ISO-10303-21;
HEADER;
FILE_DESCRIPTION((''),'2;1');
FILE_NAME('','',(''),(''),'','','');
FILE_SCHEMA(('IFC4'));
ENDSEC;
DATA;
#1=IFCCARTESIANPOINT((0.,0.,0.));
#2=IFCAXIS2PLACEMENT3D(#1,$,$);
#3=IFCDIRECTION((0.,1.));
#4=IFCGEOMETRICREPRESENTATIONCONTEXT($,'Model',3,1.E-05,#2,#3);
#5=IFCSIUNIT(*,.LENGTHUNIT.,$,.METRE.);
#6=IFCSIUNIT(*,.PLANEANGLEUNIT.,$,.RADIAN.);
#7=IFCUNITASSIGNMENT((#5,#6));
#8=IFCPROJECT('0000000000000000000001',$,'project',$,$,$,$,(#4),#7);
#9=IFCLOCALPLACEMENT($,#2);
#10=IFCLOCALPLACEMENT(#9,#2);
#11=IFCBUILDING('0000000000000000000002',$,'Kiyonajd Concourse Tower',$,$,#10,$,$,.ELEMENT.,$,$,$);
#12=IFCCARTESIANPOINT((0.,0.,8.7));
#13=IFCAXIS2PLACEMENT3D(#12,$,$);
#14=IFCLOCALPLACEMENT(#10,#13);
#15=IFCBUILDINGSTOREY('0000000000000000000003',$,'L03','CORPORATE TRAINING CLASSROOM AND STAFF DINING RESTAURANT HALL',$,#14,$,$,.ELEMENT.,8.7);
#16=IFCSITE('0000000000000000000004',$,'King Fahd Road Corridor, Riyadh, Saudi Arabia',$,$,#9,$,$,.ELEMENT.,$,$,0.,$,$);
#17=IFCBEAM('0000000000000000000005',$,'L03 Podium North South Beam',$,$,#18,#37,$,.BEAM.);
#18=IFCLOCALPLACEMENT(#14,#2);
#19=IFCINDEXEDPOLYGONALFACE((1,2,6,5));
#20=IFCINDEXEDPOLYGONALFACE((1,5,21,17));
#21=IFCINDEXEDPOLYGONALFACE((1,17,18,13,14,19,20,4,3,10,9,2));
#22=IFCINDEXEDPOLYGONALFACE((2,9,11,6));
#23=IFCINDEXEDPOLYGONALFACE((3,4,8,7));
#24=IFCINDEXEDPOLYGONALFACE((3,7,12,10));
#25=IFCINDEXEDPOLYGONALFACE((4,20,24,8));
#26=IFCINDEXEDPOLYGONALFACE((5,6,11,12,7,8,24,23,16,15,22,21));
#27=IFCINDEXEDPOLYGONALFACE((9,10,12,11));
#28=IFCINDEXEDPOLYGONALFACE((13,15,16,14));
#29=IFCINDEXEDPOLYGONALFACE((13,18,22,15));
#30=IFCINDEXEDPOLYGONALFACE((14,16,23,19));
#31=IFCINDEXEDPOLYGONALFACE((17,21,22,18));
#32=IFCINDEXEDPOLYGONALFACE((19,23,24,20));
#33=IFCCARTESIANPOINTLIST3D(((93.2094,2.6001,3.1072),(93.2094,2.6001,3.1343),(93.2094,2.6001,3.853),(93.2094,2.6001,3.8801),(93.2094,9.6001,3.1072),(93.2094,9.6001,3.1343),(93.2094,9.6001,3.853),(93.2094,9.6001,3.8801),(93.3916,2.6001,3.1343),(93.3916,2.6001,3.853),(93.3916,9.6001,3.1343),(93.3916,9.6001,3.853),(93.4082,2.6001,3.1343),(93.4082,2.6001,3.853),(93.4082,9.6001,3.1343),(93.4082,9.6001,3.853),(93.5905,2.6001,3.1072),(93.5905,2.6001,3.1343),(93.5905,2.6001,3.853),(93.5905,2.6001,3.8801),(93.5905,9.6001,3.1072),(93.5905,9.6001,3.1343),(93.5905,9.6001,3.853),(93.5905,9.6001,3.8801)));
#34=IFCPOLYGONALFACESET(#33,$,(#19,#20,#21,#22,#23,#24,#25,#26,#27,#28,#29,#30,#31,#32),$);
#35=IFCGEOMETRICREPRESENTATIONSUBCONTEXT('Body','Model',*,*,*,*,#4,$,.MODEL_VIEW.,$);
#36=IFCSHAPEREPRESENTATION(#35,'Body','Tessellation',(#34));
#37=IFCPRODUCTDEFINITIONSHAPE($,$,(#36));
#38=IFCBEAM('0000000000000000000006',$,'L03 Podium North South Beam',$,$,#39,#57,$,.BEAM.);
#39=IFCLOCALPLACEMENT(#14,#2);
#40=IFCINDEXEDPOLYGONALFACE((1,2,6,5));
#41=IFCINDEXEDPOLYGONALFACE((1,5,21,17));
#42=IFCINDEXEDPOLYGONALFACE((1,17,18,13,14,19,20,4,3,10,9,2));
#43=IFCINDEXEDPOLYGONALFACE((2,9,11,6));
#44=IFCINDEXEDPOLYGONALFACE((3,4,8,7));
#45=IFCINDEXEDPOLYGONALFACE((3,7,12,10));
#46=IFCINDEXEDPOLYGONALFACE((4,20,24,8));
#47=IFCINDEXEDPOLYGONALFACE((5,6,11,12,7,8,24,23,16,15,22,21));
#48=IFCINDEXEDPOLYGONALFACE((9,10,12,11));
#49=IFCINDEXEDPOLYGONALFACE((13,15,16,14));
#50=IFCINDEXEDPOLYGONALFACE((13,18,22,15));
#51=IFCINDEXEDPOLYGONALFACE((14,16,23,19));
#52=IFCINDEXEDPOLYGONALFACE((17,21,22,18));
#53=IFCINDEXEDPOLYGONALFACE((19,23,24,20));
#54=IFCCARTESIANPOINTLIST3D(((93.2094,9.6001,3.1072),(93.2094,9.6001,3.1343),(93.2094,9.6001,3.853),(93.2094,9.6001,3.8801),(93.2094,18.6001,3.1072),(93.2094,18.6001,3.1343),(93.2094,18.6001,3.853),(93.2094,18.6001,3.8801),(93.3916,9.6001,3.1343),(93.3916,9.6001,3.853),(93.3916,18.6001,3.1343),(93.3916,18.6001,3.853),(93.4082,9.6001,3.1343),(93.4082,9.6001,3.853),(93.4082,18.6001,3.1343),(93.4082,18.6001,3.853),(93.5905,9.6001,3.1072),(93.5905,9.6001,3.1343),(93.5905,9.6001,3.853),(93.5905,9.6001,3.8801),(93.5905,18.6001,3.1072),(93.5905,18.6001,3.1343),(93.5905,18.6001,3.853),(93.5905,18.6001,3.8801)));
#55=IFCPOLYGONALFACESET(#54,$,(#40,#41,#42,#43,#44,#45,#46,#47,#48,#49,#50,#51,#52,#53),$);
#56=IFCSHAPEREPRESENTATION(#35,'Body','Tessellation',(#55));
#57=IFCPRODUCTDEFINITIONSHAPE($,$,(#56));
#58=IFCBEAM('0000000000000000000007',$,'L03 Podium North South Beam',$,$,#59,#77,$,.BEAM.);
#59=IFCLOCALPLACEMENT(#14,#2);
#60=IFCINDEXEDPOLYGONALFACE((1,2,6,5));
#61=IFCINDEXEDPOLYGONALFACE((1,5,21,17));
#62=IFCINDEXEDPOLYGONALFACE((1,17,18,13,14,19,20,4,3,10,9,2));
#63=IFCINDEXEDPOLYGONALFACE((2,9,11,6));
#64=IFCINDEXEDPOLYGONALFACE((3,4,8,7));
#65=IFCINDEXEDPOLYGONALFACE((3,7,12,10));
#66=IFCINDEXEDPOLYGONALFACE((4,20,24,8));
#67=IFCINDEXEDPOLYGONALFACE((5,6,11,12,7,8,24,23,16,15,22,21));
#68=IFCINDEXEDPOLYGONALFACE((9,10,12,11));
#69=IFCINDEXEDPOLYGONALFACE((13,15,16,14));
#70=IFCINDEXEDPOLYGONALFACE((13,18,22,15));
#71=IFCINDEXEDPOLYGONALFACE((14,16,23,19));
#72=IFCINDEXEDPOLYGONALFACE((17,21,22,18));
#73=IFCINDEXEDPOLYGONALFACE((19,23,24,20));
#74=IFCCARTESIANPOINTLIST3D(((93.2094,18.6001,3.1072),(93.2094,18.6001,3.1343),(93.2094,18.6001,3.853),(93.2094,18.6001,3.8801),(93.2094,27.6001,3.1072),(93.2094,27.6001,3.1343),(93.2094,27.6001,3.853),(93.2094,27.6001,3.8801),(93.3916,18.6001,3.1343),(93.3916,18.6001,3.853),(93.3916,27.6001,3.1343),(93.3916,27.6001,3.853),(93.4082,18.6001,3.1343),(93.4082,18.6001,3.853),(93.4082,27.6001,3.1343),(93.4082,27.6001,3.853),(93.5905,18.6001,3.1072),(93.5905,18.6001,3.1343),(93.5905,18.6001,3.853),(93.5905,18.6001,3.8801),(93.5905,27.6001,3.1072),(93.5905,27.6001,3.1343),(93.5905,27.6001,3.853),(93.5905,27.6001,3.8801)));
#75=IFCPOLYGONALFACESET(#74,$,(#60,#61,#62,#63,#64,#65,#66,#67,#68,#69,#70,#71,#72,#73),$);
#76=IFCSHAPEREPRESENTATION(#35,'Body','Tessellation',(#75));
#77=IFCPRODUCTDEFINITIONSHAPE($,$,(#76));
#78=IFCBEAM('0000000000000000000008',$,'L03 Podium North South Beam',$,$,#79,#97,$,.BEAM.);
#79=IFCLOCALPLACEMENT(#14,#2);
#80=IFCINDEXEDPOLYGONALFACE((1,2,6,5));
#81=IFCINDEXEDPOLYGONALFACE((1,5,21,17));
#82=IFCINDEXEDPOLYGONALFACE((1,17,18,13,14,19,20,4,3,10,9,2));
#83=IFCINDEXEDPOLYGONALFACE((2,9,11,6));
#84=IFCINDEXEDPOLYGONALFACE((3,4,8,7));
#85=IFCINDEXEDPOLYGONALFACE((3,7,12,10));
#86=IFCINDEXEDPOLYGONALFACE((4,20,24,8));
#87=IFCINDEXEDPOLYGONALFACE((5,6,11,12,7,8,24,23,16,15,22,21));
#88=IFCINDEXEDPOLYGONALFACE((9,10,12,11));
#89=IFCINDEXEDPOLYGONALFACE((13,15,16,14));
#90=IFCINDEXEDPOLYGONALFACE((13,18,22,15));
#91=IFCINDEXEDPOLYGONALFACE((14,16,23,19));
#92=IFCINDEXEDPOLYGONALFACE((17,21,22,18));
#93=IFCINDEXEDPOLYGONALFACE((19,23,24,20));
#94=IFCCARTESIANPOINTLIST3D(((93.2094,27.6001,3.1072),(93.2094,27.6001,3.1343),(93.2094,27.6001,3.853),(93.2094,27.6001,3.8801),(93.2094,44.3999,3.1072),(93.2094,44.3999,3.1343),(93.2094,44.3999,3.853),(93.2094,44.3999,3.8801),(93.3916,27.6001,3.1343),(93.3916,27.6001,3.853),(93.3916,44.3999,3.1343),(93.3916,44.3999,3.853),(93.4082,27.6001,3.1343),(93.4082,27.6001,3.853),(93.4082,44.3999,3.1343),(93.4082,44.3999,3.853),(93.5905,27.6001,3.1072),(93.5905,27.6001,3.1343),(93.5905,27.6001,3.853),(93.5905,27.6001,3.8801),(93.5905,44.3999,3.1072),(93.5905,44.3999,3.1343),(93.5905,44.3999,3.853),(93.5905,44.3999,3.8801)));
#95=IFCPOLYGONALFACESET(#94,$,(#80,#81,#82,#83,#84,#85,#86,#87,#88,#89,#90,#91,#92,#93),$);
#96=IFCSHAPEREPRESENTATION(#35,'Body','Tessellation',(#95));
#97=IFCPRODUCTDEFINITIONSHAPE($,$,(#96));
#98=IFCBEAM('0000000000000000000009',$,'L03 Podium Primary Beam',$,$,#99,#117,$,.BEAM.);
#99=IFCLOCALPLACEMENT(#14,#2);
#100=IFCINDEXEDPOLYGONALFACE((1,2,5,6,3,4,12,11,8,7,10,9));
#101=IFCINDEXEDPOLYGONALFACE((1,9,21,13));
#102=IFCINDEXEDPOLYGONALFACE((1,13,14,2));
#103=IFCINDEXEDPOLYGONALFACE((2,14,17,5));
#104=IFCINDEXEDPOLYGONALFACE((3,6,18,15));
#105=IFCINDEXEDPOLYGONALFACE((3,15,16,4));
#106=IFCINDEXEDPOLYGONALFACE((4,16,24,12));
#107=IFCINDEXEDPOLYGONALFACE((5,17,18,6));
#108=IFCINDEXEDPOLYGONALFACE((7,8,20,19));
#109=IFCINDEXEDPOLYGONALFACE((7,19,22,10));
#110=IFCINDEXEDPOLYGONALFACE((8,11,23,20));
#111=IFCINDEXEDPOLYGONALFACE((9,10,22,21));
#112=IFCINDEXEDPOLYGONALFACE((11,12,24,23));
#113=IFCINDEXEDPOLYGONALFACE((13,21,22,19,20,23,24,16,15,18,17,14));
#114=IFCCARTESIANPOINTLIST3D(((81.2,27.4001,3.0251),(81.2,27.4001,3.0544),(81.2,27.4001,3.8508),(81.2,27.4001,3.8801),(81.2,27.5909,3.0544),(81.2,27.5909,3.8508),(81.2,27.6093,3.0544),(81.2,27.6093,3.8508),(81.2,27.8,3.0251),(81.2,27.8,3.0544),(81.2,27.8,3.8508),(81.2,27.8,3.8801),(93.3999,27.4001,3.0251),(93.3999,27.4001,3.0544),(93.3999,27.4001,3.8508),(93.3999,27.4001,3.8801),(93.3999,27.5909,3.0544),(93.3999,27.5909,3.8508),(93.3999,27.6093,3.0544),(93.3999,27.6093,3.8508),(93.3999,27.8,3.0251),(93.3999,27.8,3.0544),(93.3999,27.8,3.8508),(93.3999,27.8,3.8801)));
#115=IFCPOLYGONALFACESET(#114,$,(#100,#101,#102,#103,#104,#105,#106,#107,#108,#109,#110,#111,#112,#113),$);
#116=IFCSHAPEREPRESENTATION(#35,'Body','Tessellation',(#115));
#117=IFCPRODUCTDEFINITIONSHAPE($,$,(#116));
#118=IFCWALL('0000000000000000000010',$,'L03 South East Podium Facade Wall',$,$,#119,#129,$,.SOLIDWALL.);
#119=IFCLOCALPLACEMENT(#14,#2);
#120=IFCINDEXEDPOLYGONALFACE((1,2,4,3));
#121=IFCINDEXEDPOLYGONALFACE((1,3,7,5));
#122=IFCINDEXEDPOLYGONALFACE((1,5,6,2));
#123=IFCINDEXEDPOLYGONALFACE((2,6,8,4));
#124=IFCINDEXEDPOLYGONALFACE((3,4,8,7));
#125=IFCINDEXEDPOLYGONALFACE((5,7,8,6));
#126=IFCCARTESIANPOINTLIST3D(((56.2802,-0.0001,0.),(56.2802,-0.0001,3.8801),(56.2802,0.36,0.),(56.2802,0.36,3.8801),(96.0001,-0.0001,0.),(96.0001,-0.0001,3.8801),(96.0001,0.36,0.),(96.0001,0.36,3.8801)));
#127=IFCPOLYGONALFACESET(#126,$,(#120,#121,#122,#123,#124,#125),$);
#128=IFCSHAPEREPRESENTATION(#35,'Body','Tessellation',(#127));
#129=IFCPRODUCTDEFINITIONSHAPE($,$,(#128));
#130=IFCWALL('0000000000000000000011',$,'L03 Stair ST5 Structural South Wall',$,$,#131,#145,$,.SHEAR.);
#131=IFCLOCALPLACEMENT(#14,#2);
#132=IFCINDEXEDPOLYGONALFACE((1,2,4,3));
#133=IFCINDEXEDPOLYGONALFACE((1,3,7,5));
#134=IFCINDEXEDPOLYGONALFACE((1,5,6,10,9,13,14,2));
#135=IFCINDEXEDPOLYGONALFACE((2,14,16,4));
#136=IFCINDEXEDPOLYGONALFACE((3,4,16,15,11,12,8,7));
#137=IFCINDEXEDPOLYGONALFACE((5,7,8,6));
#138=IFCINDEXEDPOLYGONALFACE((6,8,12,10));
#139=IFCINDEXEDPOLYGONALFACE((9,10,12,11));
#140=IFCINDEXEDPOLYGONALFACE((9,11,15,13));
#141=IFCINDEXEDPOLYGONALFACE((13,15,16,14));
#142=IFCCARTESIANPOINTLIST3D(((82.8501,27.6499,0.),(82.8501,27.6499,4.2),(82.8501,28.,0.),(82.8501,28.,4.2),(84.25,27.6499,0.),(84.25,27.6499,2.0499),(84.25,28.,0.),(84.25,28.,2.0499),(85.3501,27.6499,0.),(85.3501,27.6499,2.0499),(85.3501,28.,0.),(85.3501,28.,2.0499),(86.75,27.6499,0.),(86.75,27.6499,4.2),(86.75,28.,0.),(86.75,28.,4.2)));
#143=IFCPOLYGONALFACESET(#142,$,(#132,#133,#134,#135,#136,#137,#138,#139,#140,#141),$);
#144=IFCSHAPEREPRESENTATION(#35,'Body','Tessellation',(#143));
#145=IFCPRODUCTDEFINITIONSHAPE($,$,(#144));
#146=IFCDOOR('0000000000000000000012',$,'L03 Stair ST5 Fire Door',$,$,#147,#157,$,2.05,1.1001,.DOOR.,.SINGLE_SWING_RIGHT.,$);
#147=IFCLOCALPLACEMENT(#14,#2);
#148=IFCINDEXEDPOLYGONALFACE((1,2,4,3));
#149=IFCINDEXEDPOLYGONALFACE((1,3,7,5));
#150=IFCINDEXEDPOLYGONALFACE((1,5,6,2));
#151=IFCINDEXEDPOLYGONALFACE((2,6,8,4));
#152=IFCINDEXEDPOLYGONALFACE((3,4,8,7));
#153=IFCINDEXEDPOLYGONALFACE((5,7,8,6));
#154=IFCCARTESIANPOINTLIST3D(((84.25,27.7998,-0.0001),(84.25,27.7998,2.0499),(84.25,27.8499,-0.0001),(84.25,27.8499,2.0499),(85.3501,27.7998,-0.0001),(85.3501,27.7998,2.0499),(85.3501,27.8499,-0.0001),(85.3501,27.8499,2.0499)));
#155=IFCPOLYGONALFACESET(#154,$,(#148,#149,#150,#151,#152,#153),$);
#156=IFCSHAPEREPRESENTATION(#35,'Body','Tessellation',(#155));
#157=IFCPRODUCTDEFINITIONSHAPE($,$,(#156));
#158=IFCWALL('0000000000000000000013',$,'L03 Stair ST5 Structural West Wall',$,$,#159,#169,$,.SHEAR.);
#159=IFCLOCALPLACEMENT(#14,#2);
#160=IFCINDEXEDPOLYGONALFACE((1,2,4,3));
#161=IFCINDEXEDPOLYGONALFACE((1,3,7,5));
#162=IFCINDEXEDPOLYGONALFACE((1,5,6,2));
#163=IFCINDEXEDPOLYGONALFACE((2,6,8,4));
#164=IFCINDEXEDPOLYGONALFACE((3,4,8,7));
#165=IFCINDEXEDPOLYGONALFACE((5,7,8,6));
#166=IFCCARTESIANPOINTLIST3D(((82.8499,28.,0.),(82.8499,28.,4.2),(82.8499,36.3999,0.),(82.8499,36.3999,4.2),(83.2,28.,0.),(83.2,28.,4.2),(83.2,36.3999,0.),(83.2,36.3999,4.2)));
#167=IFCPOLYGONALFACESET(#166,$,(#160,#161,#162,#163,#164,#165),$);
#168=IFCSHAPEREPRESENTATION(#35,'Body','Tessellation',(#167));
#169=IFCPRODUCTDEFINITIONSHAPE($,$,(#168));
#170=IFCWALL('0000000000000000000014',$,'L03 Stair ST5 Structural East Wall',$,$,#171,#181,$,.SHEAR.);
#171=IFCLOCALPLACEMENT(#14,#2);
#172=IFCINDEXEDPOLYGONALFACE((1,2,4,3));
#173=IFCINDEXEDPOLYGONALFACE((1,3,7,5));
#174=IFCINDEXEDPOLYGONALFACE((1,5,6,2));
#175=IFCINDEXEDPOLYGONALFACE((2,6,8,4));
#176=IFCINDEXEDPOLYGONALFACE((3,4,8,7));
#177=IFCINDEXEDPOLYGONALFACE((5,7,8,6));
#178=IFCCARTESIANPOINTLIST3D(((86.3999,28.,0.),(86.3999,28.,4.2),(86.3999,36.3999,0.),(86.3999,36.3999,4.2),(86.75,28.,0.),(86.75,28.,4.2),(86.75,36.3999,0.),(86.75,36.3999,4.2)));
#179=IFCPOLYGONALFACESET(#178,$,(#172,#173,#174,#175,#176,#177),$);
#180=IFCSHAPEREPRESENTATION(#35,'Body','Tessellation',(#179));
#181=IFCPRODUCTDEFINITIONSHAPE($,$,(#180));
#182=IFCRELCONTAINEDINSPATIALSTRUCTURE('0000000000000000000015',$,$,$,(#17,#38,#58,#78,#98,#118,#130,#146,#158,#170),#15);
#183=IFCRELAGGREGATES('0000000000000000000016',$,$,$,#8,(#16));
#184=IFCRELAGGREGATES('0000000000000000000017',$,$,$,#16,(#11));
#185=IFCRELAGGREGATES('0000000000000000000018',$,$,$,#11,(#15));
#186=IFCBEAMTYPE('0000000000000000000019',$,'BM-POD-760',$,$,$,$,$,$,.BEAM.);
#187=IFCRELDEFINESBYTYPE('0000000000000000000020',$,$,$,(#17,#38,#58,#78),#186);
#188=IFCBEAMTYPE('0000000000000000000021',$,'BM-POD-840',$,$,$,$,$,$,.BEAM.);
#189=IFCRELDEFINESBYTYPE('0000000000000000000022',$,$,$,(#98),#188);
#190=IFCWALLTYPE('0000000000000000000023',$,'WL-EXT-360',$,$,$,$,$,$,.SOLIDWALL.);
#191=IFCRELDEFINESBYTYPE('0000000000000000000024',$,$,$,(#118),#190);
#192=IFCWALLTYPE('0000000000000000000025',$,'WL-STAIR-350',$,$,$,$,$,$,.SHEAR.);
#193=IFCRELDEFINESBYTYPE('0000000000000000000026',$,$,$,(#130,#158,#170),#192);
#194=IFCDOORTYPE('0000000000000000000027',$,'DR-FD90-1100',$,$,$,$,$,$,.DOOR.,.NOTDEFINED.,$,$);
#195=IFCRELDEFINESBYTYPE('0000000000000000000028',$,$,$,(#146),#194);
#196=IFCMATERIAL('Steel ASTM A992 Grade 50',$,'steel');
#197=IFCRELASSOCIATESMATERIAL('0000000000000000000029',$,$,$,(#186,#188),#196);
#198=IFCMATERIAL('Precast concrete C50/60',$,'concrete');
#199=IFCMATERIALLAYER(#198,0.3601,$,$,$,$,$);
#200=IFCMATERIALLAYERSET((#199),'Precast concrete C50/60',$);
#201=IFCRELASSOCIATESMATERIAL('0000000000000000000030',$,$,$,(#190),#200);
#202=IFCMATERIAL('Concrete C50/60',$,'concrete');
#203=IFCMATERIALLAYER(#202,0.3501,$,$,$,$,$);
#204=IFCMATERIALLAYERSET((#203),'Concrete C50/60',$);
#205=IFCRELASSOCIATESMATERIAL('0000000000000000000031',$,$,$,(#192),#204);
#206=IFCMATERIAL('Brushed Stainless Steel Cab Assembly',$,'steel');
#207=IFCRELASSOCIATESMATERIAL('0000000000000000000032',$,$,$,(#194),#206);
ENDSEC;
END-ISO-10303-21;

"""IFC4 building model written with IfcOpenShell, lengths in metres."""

from ifc_helpers import new_model, si_unit, direction, frame, frame_2d, origin, origin_2d, place, context, subcontext, project, spatial, rectangle, i_section, extrude, material, layer, layer_set, material_profile, profile_set, type_object, element, fill, save


model = new_model("IFC4")

# Units and contexts
model_context = context("Model", 3, precision=1e-05, world=origin(), true_north=direction((0.0, 1.0)))
body_context = subcontext(model_context, "Body", "Model", "MODEL_VIEW")
ifc_project = project(units=[si_unit("LENGTHUNIT", "METRE"), si_unit("PLANEANGLEUNIT", "RADIAN")], contexts=[model_context])

# Site, building, storey
site_placement = place(None, origin())
site = spatial("IfcSite", under=ifc_project, at=site_placement, Name="King Fahd Road Corridor, Riyadh, Saudi Arabia", CompositionType="ELEMENT", RefElevation=0.0)
building_placement = place(site_placement, origin())
building = spatial("IfcBuilding", under=site, at=building_placement, Name="Kiyonajd Concourse Tower", CompositionType="ELEMENT")
storey_placement = place(building_placement, frame((0.0, 0.0, 8.7)))
storey = spatial("IfcBuildingStorey", under=building, at=storey_placement, Name="L03", Description="CORPORATE TRAINING CLASSROOM AND STAFF DINING RESTAURANT HALL", CompositionType="ELEMENT", Elevation=8.7)

# Beams
ifc_material_1 = material(Name="Concrete C50/60", Category="concrete")
ifc_material_2 = material(Name="Steel ASTM A992 Grade 50", Category="steel")
ifc_material_profile_1 = material_profile(ifc_material_2, i_section(OverallWidth=0.3811, OverallDepth=0.7729, WebThickness=0.0166, FlangeThickness=0.0271, at=origin_2d()), Name="W760X257")
ifc_profile_set_1 = profile_set([ifc_material_profile_1], Name="Steel ASTM A992 Grade 50")
beam_type_1 = type_object("IfcBeamType", Name="BM-POD-760", PredefinedType="BEAM", material=ifc_profile_set_1)
beam_1_placement = place(storey_placement, frame((93.3999, 2.6001, 3.4937), z_axis=(0.0, 1.0, 0.0), x_axis=(-1.0, 0.0, 0.0)))
element("IfcBeam", 1, at=beam_1_placement, inside=storey, type_object=beam_type_1, Name="L03 Podium North South Beam", PredefinedType="BEAM", context=body_context, shape_type="SweptSolid", body=[
    extrude(i_section(OverallWidth=0.3811, OverallDepth=0.7729, WebThickness=0.0166, FlangeThickness=0.0271, at=origin_2d()), origin(), (0.0, 0.0, 1.0), 7.0),
])
for number, where, z_axis, x_axis, name in (
    (2, (93.3999, 9.6001, 3.4937), (0.0, 1.0, 0.0), (-1.0, 0.0, 0.0), "L03 Podium North South Beam"),
    (3, (93.3999, 18.6001, 3.4937), (0.0, 1.0, 0.0), (-1.0, 0.0, 0.0), "L03 Podium North South Beam"),
):
    element("IfcBeam", number, at=place(storey_placement, frame(where, z_axis=z_axis, x_axis=x_axis)), inside=storey, type_object=beam_type_1, Name=name, PredefinedType="BEAM", context=body_context, shape_type="SweptSolid", body=[
        extrude(i_section(OverallWidth=0.3811, OverallDepth=0.7729, WebThickness=0.0166, FlangeThickness=0.0271, at=origin_2d()), origin(), (0.0, 0.0, 1.0), 9.0),
    ])
beam_2_placement = place(storey_placement, frame((93.3999, 27.6001, 3.4937), z_axis=(0.0, 1.0, 0.0), x_axis=(-1.0, 0.0, 0.0)))
element("IfcBeam", 4, at=beam_2_placement, inside=storey, type_object=beam_type_1, Name="L03 Podium North South Beam", PredefinedType="BEAM", context=body_context, shape_type="SweptSolid", body=[
    extrude(i_section(OverallWidth=0.3811, OverallDepth=0.7729, WebThickness=0.0166, FlangeThickness=0.0271, at=origin_2d()), origin(), (0.0, 0.0, 1.0), 16.7998),
])
ifc_material_profile_2 = material_profile(ifc_material_2, i_section(OverallWidth=0.3999, OverallDepth=0.855, WebThickness=0.0183, FlangeThickness=0.0293, at=origin_2d()), Name="W840X299")
ifc_profile_set_2 = profile_set([ifc_material_profile_2], Name="Steel ASTM A992 Grade 50")
beam_type_2 = type_object("IfcBeamType", Name="BM-POD-840", PredefinedType="BEAM", material=ifc_profile_set_2)
beam_3_placement = place(storey_placement, frame((81.2, 27.6001, 3.4526), z_axis=(1.0, 0.0, 0.0), x_axis=(0.0, 1.0, 0.0)))
element("IfcBeam", 5, at=beam_3_placement, inside=storey, type_object=beam_type_2, Name="L03 Podium Primary Beam", PredefinedType="BEAM", context=body_context, shape_type="SweptSolid", body=[
    extrude(i_section(OverallWidth=0.3999, OverallDepth=0.855, WebThickness=0.0183, FlangeThickness=0.0293, at=origin_2d()), origin(), (0.0, 0.0, 1.0), 12.2),
])

# Wall
ifc_material_3 = material(Name="Precast concrete C50/60", Category="concrete")
ifc_layer_1 = layer(ifc_material_3, 0.3601)
ifc_layer_set_1 = layer_set([ifc_layer_1], Name="Precast concrete C50/60")
wall_type_1 = type_object("IfcWallType", Name="WL-EXT-360", PredefinedType="SOLIDWALL", material=ifc_layer_set_1)
wall_1_placement = place(storey_placement, frame((96.0, 0.1799, 0.0), z_axis=(0.0, 0.0, 1.0), x_axis=(-1.0, 0.0, 0.0)))
element("IfcWall", 6, at=wall_1_placement, inside=storey, type_object=wall_type_1, Name="L03 South East Podium Facade Wall", PredefinedType="SOLIDWALL", context=body_context, shape_type="SweptSolid", body=[
    extrude(rectangle(XDim=39.72, YDim=0.3601, at=frame_2d((19.8599, 0.0))), origin(), (0.0, 0.0, 1.0), 3.8801),
])

# Wall, opening, door
ifc_layer_2 = layer(ifc_material_1, 0.3501)
ifc_layer_set_2 = layer_set([ifc_layer_2], Name="Concrete C50/60")
wall_type_2 = type_object("IfcWallType", Name="WL-STAIR-350", PredefinedType="SHEAR", material=ifc_layer_set_2)
wall_2_placement = place(storey_placement, frame((82.8501, 27.825, 0.0), z_axis=(0.0, 0.0, 1.0), x_axis=(1.0, 0.0, 0.0)))
wall_2 = element("IfcWall", 7, at=wall_2_placement, inside=storey, type_object=wall_type_2, Name="L03 Stair ST5 Structural South Wall", PredefinedType="SHEAR", context=body_context, shape_type="SweptSolid", body=[
    extrude(rectangle(XDim=3.8999, YDim=0.3501, at=frame_2d((1.95, 0.0))), origin(), (0.0, 0.0, 1.0), 4.2),
])
opening_placement = place(wall_2_placement, frame((1.3999, 0.0, 0.0)))
opening = element("IfcOpeningElement", 8, at=opening_placement, cuts=wall_2, PredefinedType="OPENING", context=body_context, shape_type="SweptSolid", body=[
    extrude(rectangle(XDim=1.1001, YDim=2.05, at=frame_2d((0.55, 1.0249))), frame((0.0, 0.1851, 0.0), z_axis=(0.0, -1.0, 0.0), x_axis=(1.0, 0.0, 0.0)), (0.0, 0.0, 1.0), 0.3701),
])
ifc_material_4 = material(Name="Brushed Stainless Steel Cab Assembly", Category="steel")
door_type = type_object("IfcDoorType", Name="DR-FD90-1100", OperationType="NOTDEFINED", PredefinedType="DOOR", material=ifc_material_4)
door_placement = place(opening_placement, origin())
door = element("IfcDoor", 9, at=door_placement, inside=storey, type_object=door_type, Name="L03 Stair ST5 Fire Door", OperationType="SINGLE_SWING_RIGHT", OverallHeight=2.05, OverallWidth=1.1001, PredefinedType="DOOR", context=body_context, shape_type="SweptSolid", body=[
    extrude(rectangle(XDim=1.1001, YDim=2.05, at=frame_2d((0.55, 1.0249))), frame((0.0, 0.0249, 0.0), z_axis=(0.0, -1.0, 0.0), x_axis=(1.0, 0.0, 0.0)), (0.0, 0.0, 1.0), 0.05),
])
fill(opening, door)

# Walls
for number, where, z_axis, x_axis, name in (
    (10, (83.0249, 28.0, 0.0), (0.0, 0.0, 1.0), (0.0, 1.0, 0.0), "L03 Stair ST5 Structural West Wall"),
    (11, (86.575, 28.0, 0.0), (0.0, 0.0, 1.0), (0.0, 1.0, 0.0), "L03 Stair ST5 Structural East Wall"),
):
    element("IfcWall", number, at=place(storey_placement, frame(where, z_axis=z_axis, x_axis=x_axis)), inside=storey, type_object=wall_type_2, Name=name, PredefinedType="SHEAR", context=body_context, shape_type="SweptSolid", body=[
        extrude(rectangle(XDim=8.3999, YDim=0.3501, at=frame_2d((4.2, 0.0))), origin(), (0.0, 0.0, 1.0), 4.2),
    ])

save(model, "model.ifc")
